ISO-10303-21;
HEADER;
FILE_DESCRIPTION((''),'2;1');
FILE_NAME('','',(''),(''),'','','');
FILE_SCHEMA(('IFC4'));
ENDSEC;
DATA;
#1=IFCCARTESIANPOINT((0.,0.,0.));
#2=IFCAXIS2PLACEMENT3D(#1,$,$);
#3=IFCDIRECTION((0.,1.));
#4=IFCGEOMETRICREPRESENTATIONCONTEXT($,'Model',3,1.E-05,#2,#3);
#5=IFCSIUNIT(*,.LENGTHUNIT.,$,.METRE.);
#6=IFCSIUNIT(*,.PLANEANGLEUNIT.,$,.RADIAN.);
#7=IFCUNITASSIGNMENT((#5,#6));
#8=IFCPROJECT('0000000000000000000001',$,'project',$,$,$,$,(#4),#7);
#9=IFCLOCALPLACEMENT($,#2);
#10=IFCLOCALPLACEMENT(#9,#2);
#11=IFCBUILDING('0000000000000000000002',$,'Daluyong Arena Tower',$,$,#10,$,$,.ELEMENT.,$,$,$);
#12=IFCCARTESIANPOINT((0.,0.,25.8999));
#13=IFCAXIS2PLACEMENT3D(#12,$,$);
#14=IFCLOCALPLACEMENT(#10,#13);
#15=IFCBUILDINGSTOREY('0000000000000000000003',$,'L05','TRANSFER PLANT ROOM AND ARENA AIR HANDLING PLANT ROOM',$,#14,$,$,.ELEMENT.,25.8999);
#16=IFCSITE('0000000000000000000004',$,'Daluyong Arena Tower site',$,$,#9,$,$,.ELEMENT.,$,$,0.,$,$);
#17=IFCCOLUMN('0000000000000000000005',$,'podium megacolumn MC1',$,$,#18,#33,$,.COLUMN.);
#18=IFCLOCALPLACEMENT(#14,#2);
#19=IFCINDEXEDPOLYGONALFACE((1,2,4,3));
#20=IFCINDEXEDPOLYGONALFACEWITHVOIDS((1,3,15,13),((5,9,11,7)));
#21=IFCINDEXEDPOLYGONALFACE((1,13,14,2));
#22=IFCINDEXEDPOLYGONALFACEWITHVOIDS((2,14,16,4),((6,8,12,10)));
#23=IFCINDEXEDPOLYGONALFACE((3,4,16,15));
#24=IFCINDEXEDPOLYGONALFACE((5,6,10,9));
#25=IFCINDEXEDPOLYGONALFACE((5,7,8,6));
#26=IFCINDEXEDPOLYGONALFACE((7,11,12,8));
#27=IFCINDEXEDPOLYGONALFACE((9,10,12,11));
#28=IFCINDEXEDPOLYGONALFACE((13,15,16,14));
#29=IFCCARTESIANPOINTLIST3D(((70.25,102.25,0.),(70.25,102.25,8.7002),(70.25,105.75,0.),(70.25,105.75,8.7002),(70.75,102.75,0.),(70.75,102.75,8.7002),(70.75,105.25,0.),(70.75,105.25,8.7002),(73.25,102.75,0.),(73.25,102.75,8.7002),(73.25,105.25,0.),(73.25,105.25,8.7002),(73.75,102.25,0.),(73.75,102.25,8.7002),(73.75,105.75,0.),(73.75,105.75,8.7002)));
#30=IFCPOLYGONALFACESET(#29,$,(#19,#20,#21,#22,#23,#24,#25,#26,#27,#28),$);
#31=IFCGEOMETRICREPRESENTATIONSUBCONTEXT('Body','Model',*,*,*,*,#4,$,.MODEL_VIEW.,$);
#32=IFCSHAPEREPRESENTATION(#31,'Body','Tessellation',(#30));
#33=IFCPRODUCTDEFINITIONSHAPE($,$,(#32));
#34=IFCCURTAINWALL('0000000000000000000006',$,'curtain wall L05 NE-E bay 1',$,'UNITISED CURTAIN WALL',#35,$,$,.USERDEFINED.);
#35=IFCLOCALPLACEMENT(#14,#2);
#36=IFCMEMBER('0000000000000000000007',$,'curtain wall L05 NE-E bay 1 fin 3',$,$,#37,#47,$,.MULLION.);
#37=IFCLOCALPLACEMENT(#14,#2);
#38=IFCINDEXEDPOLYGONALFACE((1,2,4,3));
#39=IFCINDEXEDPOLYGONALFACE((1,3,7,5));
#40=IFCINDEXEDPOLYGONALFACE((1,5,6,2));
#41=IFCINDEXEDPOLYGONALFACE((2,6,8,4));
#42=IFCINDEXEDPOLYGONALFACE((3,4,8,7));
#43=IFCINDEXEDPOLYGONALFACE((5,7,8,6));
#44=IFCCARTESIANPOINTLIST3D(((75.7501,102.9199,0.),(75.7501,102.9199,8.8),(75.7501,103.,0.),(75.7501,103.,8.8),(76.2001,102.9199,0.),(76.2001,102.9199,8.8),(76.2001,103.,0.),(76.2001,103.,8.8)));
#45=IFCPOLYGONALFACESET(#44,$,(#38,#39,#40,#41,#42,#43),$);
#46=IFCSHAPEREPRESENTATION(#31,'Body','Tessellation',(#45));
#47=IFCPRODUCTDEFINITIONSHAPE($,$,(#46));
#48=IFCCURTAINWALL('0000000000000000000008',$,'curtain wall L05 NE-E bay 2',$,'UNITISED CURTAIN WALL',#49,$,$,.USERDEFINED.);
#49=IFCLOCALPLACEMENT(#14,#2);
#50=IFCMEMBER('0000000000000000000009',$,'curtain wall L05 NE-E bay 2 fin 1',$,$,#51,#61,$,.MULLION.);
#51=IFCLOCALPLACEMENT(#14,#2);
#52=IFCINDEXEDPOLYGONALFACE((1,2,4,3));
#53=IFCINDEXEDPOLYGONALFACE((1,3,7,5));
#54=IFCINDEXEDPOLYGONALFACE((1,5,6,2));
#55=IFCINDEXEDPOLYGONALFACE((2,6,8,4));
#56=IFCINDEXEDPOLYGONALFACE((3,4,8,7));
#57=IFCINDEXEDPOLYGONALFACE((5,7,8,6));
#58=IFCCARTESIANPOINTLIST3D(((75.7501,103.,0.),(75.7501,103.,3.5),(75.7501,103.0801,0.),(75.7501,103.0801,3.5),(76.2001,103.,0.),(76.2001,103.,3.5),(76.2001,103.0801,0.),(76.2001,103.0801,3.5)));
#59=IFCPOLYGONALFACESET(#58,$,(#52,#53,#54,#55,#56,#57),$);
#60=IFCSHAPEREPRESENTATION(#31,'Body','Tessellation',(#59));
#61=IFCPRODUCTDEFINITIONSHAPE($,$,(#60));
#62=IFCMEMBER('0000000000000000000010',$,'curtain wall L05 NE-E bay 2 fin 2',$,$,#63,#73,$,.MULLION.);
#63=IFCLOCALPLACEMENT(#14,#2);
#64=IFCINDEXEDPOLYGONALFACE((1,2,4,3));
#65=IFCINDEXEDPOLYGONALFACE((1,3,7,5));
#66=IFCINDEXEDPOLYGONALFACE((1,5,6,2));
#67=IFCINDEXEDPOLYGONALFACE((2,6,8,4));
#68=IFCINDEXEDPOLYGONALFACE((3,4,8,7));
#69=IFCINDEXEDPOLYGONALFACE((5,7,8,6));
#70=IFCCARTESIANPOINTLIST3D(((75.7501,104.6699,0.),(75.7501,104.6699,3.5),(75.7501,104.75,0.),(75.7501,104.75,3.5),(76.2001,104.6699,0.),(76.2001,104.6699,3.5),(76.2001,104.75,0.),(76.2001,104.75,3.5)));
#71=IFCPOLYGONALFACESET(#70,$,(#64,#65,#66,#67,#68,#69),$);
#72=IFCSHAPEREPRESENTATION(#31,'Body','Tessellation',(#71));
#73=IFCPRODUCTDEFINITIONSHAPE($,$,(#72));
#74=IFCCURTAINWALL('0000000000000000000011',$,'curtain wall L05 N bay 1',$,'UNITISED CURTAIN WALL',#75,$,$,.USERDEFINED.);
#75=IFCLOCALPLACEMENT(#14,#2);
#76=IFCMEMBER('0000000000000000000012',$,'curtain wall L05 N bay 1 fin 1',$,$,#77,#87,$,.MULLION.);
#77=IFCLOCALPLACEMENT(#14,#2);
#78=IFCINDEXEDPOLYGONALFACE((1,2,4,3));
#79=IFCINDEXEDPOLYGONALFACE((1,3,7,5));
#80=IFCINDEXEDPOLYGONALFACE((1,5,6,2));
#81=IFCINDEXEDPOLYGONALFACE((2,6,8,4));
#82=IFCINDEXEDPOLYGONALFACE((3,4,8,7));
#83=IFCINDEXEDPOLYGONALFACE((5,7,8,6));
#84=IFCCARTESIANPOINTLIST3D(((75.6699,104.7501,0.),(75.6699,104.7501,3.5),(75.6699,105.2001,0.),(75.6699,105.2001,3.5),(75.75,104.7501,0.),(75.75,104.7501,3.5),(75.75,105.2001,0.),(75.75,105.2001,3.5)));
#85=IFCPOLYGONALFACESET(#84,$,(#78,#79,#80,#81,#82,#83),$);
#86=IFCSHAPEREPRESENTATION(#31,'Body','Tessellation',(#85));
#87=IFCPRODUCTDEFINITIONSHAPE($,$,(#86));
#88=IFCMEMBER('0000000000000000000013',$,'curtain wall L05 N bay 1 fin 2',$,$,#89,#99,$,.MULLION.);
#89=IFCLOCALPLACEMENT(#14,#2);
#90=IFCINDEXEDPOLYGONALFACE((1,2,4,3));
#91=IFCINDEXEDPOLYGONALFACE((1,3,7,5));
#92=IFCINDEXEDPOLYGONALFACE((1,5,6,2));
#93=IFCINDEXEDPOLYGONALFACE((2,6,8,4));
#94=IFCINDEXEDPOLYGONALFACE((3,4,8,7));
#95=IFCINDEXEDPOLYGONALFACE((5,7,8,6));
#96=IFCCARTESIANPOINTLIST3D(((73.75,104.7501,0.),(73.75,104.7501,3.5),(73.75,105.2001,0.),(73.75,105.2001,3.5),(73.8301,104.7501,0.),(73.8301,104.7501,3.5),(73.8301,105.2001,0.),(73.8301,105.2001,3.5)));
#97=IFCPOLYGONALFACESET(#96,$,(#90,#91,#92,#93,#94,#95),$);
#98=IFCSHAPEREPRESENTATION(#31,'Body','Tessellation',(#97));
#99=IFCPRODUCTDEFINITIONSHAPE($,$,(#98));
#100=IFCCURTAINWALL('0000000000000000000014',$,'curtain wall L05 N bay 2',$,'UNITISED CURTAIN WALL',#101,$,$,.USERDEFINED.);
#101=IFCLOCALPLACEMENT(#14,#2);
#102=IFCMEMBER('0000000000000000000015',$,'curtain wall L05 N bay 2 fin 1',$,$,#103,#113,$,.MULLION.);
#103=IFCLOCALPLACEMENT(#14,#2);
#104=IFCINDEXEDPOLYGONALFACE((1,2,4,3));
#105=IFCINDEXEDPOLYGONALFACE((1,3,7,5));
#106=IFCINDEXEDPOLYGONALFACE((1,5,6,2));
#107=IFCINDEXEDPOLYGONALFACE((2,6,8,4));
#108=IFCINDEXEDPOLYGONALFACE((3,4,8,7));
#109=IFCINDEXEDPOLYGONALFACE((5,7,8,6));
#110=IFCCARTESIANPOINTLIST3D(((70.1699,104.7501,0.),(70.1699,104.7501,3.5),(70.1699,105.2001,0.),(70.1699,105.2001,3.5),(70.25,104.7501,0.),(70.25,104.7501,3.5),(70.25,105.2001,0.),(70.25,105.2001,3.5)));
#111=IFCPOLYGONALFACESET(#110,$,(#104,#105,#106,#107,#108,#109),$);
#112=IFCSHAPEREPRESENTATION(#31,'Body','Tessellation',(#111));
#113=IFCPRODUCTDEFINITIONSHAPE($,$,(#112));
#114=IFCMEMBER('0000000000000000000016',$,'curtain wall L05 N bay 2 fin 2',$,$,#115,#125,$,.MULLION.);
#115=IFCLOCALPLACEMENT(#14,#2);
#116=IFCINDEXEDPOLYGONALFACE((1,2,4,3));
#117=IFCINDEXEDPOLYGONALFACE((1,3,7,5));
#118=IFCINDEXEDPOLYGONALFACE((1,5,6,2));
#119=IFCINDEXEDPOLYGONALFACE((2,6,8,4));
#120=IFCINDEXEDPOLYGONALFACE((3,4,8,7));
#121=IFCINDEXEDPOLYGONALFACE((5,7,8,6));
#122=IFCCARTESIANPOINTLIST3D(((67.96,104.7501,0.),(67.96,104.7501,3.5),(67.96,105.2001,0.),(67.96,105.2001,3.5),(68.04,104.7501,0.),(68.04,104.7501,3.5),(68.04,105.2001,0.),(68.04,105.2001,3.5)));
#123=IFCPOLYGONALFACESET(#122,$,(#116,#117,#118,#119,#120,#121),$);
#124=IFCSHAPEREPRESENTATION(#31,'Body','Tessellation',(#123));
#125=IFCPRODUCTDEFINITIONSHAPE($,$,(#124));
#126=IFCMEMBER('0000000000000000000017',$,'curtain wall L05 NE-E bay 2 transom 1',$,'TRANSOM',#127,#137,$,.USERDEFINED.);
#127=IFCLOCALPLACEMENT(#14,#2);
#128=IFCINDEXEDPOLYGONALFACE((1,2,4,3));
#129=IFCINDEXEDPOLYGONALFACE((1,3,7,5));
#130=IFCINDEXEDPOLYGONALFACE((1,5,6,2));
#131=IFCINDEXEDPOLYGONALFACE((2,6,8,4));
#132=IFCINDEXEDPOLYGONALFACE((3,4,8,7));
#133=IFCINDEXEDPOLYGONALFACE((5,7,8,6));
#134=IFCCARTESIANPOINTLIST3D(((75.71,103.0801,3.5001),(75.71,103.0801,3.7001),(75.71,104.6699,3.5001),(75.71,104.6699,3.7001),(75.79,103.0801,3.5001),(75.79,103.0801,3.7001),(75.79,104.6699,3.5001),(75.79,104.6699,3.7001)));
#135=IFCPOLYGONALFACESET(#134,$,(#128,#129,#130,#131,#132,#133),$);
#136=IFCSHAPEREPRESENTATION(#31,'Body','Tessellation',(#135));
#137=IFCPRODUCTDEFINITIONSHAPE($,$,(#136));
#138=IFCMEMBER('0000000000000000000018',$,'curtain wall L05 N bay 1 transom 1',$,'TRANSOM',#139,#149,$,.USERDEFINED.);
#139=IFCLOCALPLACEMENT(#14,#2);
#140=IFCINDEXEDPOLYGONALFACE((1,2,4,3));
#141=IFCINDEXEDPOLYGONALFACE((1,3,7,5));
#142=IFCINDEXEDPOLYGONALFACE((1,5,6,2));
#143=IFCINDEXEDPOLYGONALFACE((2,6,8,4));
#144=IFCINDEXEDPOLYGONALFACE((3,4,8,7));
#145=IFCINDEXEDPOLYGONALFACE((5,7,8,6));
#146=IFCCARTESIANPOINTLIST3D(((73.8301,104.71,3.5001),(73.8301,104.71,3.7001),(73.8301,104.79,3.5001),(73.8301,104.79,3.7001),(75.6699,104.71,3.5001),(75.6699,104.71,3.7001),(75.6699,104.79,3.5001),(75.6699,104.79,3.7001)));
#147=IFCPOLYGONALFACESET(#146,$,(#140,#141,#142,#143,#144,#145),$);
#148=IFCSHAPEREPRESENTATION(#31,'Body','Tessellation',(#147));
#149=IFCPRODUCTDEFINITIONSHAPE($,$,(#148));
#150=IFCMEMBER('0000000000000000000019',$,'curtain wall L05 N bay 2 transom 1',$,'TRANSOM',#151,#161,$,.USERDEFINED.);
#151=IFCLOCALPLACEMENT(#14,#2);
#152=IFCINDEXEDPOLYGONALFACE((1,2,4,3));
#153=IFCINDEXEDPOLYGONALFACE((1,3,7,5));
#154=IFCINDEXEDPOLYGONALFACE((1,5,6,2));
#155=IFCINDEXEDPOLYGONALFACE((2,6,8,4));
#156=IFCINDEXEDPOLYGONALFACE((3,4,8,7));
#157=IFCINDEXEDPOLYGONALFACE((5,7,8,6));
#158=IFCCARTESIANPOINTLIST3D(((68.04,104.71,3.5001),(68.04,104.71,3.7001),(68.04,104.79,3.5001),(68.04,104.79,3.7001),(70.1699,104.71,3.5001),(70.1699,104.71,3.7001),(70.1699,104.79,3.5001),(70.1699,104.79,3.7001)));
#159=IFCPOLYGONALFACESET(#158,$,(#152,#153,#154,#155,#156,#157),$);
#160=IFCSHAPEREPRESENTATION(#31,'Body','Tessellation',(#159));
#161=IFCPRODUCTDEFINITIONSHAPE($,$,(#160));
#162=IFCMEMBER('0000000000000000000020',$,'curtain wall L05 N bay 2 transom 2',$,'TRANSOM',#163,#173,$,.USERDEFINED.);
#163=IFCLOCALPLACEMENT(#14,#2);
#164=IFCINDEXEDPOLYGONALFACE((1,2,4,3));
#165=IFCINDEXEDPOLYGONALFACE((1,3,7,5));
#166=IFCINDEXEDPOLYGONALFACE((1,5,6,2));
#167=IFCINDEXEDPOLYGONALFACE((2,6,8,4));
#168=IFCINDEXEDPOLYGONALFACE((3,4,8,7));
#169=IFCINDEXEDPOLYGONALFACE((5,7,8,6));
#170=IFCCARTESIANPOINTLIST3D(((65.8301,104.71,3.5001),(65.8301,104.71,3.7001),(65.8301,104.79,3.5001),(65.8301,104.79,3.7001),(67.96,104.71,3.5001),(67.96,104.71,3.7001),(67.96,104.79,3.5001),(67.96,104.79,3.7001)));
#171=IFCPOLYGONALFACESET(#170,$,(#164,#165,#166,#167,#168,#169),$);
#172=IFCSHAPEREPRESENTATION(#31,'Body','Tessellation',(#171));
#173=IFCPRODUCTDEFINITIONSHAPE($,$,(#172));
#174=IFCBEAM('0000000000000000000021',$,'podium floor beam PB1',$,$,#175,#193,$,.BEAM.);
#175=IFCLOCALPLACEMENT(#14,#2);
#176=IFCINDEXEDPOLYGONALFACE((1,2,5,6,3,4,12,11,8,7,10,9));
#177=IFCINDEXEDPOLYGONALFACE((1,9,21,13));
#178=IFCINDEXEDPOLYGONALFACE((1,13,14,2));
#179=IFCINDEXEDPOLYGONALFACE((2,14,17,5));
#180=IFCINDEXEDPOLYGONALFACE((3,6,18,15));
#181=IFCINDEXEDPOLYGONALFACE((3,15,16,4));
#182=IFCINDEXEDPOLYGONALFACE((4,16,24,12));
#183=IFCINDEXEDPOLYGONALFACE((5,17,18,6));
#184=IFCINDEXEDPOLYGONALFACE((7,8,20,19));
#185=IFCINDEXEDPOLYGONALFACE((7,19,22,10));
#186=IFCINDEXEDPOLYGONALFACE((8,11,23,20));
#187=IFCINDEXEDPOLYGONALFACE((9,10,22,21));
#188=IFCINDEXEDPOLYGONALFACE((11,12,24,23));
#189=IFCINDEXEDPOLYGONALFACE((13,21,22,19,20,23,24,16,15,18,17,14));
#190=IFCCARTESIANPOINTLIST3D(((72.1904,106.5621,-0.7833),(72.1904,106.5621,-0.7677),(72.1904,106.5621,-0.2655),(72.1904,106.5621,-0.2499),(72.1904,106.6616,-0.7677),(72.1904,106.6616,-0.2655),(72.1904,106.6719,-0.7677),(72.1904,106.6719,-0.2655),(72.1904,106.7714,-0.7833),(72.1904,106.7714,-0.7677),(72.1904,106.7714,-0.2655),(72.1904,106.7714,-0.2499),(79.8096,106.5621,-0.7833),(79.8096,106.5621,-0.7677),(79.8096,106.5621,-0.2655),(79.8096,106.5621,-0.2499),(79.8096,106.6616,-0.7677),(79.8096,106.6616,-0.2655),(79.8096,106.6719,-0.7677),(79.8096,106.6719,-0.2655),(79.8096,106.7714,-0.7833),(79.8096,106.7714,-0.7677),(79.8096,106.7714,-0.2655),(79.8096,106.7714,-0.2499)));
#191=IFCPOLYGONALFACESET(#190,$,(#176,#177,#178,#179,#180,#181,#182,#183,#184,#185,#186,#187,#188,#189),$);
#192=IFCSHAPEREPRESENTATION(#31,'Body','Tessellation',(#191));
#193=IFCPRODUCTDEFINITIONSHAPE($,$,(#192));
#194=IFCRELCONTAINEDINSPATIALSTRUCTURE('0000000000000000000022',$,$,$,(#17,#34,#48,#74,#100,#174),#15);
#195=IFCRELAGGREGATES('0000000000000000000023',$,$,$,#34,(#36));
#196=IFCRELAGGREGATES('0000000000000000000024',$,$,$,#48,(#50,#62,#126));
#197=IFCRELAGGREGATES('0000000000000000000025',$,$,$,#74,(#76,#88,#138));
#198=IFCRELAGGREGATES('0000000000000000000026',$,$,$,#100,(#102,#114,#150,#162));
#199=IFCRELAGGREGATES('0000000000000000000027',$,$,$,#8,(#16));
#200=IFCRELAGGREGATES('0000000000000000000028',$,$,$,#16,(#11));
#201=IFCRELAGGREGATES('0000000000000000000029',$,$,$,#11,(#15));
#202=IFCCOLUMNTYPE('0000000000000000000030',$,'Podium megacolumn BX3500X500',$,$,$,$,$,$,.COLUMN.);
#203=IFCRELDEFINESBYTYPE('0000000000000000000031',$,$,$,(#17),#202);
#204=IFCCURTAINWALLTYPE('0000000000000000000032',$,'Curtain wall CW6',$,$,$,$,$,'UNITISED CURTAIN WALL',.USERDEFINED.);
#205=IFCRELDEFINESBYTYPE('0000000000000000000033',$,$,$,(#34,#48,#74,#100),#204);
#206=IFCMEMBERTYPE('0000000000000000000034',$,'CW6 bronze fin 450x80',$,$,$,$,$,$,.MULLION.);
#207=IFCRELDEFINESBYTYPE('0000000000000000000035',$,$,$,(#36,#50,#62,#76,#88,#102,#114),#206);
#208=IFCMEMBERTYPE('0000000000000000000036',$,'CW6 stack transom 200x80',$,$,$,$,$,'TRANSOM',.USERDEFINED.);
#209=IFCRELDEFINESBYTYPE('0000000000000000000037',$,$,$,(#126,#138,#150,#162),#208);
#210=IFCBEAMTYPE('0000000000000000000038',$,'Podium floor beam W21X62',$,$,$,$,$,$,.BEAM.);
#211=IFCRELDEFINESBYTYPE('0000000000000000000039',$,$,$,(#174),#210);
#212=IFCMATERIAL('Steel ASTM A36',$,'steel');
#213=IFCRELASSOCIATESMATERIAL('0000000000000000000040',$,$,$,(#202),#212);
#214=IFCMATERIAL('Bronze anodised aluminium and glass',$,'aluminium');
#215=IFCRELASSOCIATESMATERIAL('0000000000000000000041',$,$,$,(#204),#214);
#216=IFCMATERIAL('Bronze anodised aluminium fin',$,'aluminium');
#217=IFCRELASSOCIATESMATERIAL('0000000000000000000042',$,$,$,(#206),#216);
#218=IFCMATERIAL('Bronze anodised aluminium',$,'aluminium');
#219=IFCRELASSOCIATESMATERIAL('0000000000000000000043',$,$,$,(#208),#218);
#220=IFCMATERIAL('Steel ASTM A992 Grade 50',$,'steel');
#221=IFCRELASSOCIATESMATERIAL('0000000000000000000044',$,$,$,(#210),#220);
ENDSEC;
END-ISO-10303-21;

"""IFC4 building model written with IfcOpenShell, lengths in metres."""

from ifc_helpers import new_model, si_unit, direction, frame, origin, origin_2d, place, context, subcontext, project, spatial, rectangle, hollow_rectangle, i_section, extrude, material, material_profile, profile_set, type_object, element, aggregate, save


model = new_model("IFC4")

# Units and contexts
model_context = context("Model", 3, precision=1e-05, world=origin(), true_north=direction((0.0, 1.0)))
body_context = subcontext(model_context, "Body", "Model", "MODEL_VIEW")
ifc_project = project(units=[si_unit("LENGTHUNIT", "METRE"), si_unit("PLANEANGLEUNIT", "RADIAN")], contexts=[model_context])

# Site, building, storey
site_placement = place(None, origin())
site = spatial("IfcSite", under=ifc_project, at=site_placement, Name="Daluyong Arena Tower site", CompositionType="ELEMENT", RefElevation=0.0)
building_placement = place(site_placement, origin())
building = spatial("IfcBuilding", under=site, at=building_placement, Name="Daluyong Arena Tower", CompositionType="ELEMENT")
storey_placement = place(building_placement, frame((0.0, 0.0, 25.8999)))
storey = spatial("IfcBuildingStorey", under=building, at=storey_placement, Name="L05", Description="TRANSFER PLANT ROOM AND ARENA AIR HANDLING PLANT ROOM", CompositionType="ELEMENT", Elevation=25.8999)

# Column
ifc_material_1 = material(Name="Steel ASTM A36", Category="steel")
ifc_material_profile_1 = material_profile(ifc_material_1, hollow_rectangle(XDim=3.5, YDim=3.5, WallThickness=0.5, at=origin_2d()))
ifc_profile_set_1 = profile_set([ifc_material_profile_1], Name="Steel ASTM A36")
column_type = type_object("IfcColumnType", Name="Podium megacolumn BX3500X500", PredefinedType="COLUMN", material=ifc_profile_set_1)
column_placement = place(storey_placement, frame((72.0, 104.0, 0.0), z_axis=(0.0, 0.0, 1.0), x_axis=(1.0, 0.0, 0.0)))
element("IfcColumn", 1, at=column_placement, inside=storey, type_object=column_type, Name="podium megacolumn MC1", PredefinedType="COLUMN", context=body_context, shape_type="SweptSolid", body=[
    extrude(hollow_rectangle(XDim=3.5, YDim=3.5, WallThickness=0.5, at=origin_2d()), origin(), (0.0, 0.0, 1.0), 8.7002),
])

# Curtain wall, member
ifc_material_2 = material(Name="Bronze anodised aluminium and glass", Category="aluminium")
curtain_wall_type = type_object("IfcCurtainWallType", Name="Curtain wall CW6", ElementType="UNITISED CURTAIN WALL", PredefinedType="USERDEFINED", material=ifc_material_2)
curtain_wall_1_placement = place(storey_placement, origin())
curtain_wall_1 = element("IfcCurtainWall", 2, at=curtain_wall_1_placement, inside=storey, type_object=curtain_wall_type, Name="curtain wall L05 NE-E bay 1", ObjectType="UNITISED CURTAIN WALL", PredefinedType="USERDEFINED")
ifc_material_3 = material(Name="Bronze anodised aluminium fin", Category="aluminium")
ifc_material_profile_2 = material_profile(ifc_material_3, rectangle(XDim=0.45, YDim=0.0801, at=origin_2d()))
ifc_profile_set_2 = profile_set([ifc_material_profile_2], Name="Bronze anodised aluminium fin")
member_type_1 = type_object("IfcMemberType", Name="CW6 bronze fin 450x80", PredefinedType="MULLION", material=ifc_profile_set_2)
member_1_placement = place(storey_placement, frame((75.9751, 102.96, 0.0), z_axis=(0.0, 0.0, 1.0), x_axis=(-1.0, 0.0, 0.0)))
member_1 = element("IfcMember", 3, at=member_1_placement, type_object=member_type_1, Name="curtain wall L05 NE-E bay 1 fin 3", PredefinedType="MULLION", context=body_context, shape_type="SweptSolid", body=[
    extrude(rectangle(XDim=0.45, YDim=0.0801, at=origin_2d()), origin(), (0.0, 0.0, 1.0), 8.8),
])

# Curtain walls, members
curtain_wall_2_placement = place(storey_placement, origin())
curtain_wall_2 = element("IfcCurtainWall", 4, at=curtain_wall_2_placement, inside=storey, type_object=curtain_wall_type, Name="curtain wall L05 NE-E bay 2", ObjectType="UNITISED CURTAIN WALL", PredefinedType="USERDEFINED")
member_2_placement = place(storey_placement, frame((75.9751, 103.04, 0.0), z_axis=(0.0, 0.0, 1.0), x_axis=(-1.0, 0.0, 0.0)))
member_2 = element("IfcMember", 5, at=member_2_placement, type_object=member_type_1, Name="curtain wall L05 NE-E bay 2 fin 1", PredefinedType="MULLION", context=body_context, shape_type="SweptSolid", body=[
    extrude(rectangle(XDim=0.45, YDim=0.0801, at=origin_2d()), origin(), (0.0, 0.0, 1.0), 3.5),
])
member_3_placement = place(storey_placement, frame((75.9751, 104.71, 0.0), z_axis=(0.0, 0.0, 1.0), x_axis=(-1.0, 0.0, 0.0)))
member_3 = element("IfcMember", 6, at=member_3_placement, type_object=member_type_1, Name="curtain wall L05 NE-E bay 2 fin 2", PredefinedType="MULLION", context=body_context, shape_type="SweptSolid", body=[
    extrude(rectangle(XDim=0.45, YDim=0.0801, at=origin_2d()), origin(), (0.0, 0.0, 1.0), 3.5),
])
curtain_wall_3_placement = place(storey_placement, origin())
curtain_wall_3 = element("IfcCurtainWall", 7, at=curtain_wall_3_placement, inside=storey, type_object=curtain_wall_type, Name="curtain wall L05 N bay 1", ObjectType="UNITISED CURTAIN WALL", PredefinedType="USERDEFINED")
member_4_placement = place(storey_placement, frame((75.71, 104.9751, 0.0), z_axis=(0.0, 0.0, 1.0), x_axis=(0.0, -1.0, 0.0)))
member_4 = element("IfcMember", 8, at=member_4_placement, type_object=member_type_1, Name="curtain wall L05 N bay 1 fin 1", PredefinedType="MULLION", context=body_context, shape_type="SweptSolid", body=[
    extrude(rectangle(XDim=0.45, YDim=0.0801, at=origin_2d()), origin(), (0.0, 0.0, 1.0), 3.5),
])
member_5_placement = place(storey_placement, frame((73.79, 104.9751, 0.0), z_axis=(0.0, 0.0, 1.0), x_axis=(0.0, -1.0, 0.0)))
member_5 = element("IfcMember", 9, at=member_5_placement, type_object=member_type_1, Name="curtain wall L05 N bay 1 fin 2", PredefinedType="MULLION", context=body_context, shape_type="SweptSolid", body=[
    extrude(rectangle(XDim=0.45, YDim=0.0801, at=origin_2d()), origin(), (0.0, 0.0, 1.0), 3.5),
])
curtain_wall_4_placement = place(storey_placement, origin())
curtain_wall_4 = element("IfcCurtainWall", 10, at=curtain_wall_4_placement, inside=storey, type_object=curtain_wall_type, Name="curtain wall L05 N bay 2", ObjectType="UNITISED CURTAIN WALL", PredefinedType="USERDEFINED")
member_6_placement = place(storey_placement, frame((70.21, 104.9751, 0.0), z_axis=(0.0, 0.0, 1.0), x_axis=(0.0, -1.0, 0.0)))
member_6 = element("IfcMember", 11, at=member_6_placement, type_object=member_type_1, Name="curtain wall L05 N bay 2 fin 1", PredefinedType="MULLION", context=body_context, shape_type="SweptSolid", body=[
    extrude(rectangle(XDim=0.45, YDim=0.0801, at=origin_2d()), origin(), (0.0, 0.0, 1.0), 3.5),
])
member_7_placement = place(storey_placement, frame((68.0, 104.9751, 0.0), z_axis=(0.0, 0.0, 1.0), x_axis=(0.0, -1.0, 0.0)))
member_7 = element("IfcMember", 12, at=member_7_placement, type_object=member_type_1, Name="curtain wall L05 N bay 2 fin 2", PredefinedType="MULLION", context=body_context, shape_type="SweptSolid", body=[
    extrude(rectangle(XDim=0.45, YDim=0.0801, at=origin_2d()), origin(), (0.0, 0.0, 1.0), 3.5),
])

# Members
ifc_material_4 = material(Name="Bronze anodised aluminium", Category="aluminium")
ifc_material_profile_3 = material_profile(ifc_material_4, rectangle(XDim=0.0801, YDim=0.2, at=origin_2d()))
ifc_profile_set_3 = profile_set([ifc_material_profile_3], Name="Bronze anodised aluminium")
member_type_2 = type_object("IfcMemberType", Name="CW6 stack transom 200x80", ElementType="TRANSOM", PredefinedType="USERDEFINED", material=ifc_profile_set_3)
member_8_placement = place(storey_placement, frame((75.75, 103.0801, 3.6001), z_axis=(0.0, 1.0, 0.0), x_axis=(-1.0, 0.0, 0.0)))
member_8 = element("IfcMember", 13, at=member_8_placement, type_object=member_type_2, Name="curtain wall L05 NE-E bay 2 transom 1", ObjectType="TRANSOM", PredefinedType="USERDEFINED", context=body_context, shape_type="SweptSolid", body=[
    extrude(rectangle(XDim=0.0801, YDim=0.2, at=origin_2d()), origin(), (0.0, 0.0, 1.0), 1.5898),
])
member_9_placement = place(storey_placement, frame((75.6699, 104.75, 3.6001), z_axis=(-1.0, 0.0, 0.0), x_axis=(0.0, -1.0, 0.0)))
member_9 = element("IfcMember", 14, at=member_9_placement, type_object=member_type_2, Name="curtain wall L05 N bay 1 transom 1", ObjectType="TRANSOM", PredefinedType="USERDEFINED", context=body_context, shape_type="SweptSolid", body=[
    extrude(rectangle(XDim=0.0801, YDim=0.2, at=origin_2d()), origin(), (0.0, 0.0, 1.0), 1.8398),
])
member_10_placement = place(storey_placement, frame((70.1699, 104.75, 3.6001), z_axis=(-1.0, 0.0, 0.0), x_axis=(0.0, -1.0, 0.0)))
member_10 = element("IfcMember", 15, at=member_10_placement, type_object=member_type_2, Name="curtain wall L05 N bay 2 transom 1", ObjectType="TRANSOM", PredefinedType="USERDEFINED", context=body_context, shape_type="SweptSolid", body=[
    extrude(rectangle(XDim=0.0801, YDim=0.2, at=origin_2d()), origin(), (0.0, 0.0, 1.0), 2.1299),
])
member_11_placement = place(storey_placement, frame((67.96, 104.75, 3.6001), z_axis=(-1.0, 0.0, 0.0), x_axis=(0.0, -1.0, 0.0)))
member_11 = element("IfcMember", 16, at=member_11_placement, type_object=member_type_2, Name="curtain wall L05 N bay 2 transom 2", ObjectType="TRANSOM", PredefinedType="USERDEFINED", context=body_context, shape_type="SweptSolid", body=[
    extrude(rectangle(XDim=0.0801, YDim=0.2, at=origin_2d()), origin(), (0.0, 0.0, 1.0), 2.1299),
])

# Beam
ifc_material_5 = material(Name="Steel ASTM A992 Grade 50", Category="steel")
ifc_material_profile_4 = material_profile(ifc_material_5, i_section(OverallWidth=0.2092, OverallDepth=0.5334, WebThickness=0.0103, FlangeThickness=0.0156, at=origin_2d()))
ifc_profile_set_4 = profile_set([ifc_material_profile_4], Name="Steel ASTM A992 Grade 50")
beam_type_1 = type_object("IfcBeamType", Name="Podium floor beam W21X62", PredefinedType="BEAM", material=ifc_profile_set_4)
for number, where, z_axis, x_axis, name in (
    (17, (72.1904, 106.6667, -0.5166), (1.0, 0.0, 0.0), (0.0, 1.0, 0.0), "podium floor beam PB1"),
):
    element("IfcBeam", number, at=place(storey_placement, frame(where, z_axis=z_axis, x_axis=x_axis)), inside=storey, type_object=beam_type_1, Name=name, PredefinedType="BEAM", context=body_context, shape_type="SweptSolid", body=[
        extrude(i_section(OverallWidth=0.2092, OverallDepth=0.5334, WebThickness=0.0103, FlangeThickness=0.0156, at=origin_2d()), origin(), (0.0, 0.0, 1.0), 7.6191),
    ])

aggregate(curtain_wall_1, [member_1])
aggregate(curtain_wall_2, [member_2, member_3, member_8])
aggregate(curtain_wall_3, [member_4, member_5, member_9])
aggregate(curtain_wall_4, [member_6, member_7, member_10, member_11])

save(model, "model.ifc")
